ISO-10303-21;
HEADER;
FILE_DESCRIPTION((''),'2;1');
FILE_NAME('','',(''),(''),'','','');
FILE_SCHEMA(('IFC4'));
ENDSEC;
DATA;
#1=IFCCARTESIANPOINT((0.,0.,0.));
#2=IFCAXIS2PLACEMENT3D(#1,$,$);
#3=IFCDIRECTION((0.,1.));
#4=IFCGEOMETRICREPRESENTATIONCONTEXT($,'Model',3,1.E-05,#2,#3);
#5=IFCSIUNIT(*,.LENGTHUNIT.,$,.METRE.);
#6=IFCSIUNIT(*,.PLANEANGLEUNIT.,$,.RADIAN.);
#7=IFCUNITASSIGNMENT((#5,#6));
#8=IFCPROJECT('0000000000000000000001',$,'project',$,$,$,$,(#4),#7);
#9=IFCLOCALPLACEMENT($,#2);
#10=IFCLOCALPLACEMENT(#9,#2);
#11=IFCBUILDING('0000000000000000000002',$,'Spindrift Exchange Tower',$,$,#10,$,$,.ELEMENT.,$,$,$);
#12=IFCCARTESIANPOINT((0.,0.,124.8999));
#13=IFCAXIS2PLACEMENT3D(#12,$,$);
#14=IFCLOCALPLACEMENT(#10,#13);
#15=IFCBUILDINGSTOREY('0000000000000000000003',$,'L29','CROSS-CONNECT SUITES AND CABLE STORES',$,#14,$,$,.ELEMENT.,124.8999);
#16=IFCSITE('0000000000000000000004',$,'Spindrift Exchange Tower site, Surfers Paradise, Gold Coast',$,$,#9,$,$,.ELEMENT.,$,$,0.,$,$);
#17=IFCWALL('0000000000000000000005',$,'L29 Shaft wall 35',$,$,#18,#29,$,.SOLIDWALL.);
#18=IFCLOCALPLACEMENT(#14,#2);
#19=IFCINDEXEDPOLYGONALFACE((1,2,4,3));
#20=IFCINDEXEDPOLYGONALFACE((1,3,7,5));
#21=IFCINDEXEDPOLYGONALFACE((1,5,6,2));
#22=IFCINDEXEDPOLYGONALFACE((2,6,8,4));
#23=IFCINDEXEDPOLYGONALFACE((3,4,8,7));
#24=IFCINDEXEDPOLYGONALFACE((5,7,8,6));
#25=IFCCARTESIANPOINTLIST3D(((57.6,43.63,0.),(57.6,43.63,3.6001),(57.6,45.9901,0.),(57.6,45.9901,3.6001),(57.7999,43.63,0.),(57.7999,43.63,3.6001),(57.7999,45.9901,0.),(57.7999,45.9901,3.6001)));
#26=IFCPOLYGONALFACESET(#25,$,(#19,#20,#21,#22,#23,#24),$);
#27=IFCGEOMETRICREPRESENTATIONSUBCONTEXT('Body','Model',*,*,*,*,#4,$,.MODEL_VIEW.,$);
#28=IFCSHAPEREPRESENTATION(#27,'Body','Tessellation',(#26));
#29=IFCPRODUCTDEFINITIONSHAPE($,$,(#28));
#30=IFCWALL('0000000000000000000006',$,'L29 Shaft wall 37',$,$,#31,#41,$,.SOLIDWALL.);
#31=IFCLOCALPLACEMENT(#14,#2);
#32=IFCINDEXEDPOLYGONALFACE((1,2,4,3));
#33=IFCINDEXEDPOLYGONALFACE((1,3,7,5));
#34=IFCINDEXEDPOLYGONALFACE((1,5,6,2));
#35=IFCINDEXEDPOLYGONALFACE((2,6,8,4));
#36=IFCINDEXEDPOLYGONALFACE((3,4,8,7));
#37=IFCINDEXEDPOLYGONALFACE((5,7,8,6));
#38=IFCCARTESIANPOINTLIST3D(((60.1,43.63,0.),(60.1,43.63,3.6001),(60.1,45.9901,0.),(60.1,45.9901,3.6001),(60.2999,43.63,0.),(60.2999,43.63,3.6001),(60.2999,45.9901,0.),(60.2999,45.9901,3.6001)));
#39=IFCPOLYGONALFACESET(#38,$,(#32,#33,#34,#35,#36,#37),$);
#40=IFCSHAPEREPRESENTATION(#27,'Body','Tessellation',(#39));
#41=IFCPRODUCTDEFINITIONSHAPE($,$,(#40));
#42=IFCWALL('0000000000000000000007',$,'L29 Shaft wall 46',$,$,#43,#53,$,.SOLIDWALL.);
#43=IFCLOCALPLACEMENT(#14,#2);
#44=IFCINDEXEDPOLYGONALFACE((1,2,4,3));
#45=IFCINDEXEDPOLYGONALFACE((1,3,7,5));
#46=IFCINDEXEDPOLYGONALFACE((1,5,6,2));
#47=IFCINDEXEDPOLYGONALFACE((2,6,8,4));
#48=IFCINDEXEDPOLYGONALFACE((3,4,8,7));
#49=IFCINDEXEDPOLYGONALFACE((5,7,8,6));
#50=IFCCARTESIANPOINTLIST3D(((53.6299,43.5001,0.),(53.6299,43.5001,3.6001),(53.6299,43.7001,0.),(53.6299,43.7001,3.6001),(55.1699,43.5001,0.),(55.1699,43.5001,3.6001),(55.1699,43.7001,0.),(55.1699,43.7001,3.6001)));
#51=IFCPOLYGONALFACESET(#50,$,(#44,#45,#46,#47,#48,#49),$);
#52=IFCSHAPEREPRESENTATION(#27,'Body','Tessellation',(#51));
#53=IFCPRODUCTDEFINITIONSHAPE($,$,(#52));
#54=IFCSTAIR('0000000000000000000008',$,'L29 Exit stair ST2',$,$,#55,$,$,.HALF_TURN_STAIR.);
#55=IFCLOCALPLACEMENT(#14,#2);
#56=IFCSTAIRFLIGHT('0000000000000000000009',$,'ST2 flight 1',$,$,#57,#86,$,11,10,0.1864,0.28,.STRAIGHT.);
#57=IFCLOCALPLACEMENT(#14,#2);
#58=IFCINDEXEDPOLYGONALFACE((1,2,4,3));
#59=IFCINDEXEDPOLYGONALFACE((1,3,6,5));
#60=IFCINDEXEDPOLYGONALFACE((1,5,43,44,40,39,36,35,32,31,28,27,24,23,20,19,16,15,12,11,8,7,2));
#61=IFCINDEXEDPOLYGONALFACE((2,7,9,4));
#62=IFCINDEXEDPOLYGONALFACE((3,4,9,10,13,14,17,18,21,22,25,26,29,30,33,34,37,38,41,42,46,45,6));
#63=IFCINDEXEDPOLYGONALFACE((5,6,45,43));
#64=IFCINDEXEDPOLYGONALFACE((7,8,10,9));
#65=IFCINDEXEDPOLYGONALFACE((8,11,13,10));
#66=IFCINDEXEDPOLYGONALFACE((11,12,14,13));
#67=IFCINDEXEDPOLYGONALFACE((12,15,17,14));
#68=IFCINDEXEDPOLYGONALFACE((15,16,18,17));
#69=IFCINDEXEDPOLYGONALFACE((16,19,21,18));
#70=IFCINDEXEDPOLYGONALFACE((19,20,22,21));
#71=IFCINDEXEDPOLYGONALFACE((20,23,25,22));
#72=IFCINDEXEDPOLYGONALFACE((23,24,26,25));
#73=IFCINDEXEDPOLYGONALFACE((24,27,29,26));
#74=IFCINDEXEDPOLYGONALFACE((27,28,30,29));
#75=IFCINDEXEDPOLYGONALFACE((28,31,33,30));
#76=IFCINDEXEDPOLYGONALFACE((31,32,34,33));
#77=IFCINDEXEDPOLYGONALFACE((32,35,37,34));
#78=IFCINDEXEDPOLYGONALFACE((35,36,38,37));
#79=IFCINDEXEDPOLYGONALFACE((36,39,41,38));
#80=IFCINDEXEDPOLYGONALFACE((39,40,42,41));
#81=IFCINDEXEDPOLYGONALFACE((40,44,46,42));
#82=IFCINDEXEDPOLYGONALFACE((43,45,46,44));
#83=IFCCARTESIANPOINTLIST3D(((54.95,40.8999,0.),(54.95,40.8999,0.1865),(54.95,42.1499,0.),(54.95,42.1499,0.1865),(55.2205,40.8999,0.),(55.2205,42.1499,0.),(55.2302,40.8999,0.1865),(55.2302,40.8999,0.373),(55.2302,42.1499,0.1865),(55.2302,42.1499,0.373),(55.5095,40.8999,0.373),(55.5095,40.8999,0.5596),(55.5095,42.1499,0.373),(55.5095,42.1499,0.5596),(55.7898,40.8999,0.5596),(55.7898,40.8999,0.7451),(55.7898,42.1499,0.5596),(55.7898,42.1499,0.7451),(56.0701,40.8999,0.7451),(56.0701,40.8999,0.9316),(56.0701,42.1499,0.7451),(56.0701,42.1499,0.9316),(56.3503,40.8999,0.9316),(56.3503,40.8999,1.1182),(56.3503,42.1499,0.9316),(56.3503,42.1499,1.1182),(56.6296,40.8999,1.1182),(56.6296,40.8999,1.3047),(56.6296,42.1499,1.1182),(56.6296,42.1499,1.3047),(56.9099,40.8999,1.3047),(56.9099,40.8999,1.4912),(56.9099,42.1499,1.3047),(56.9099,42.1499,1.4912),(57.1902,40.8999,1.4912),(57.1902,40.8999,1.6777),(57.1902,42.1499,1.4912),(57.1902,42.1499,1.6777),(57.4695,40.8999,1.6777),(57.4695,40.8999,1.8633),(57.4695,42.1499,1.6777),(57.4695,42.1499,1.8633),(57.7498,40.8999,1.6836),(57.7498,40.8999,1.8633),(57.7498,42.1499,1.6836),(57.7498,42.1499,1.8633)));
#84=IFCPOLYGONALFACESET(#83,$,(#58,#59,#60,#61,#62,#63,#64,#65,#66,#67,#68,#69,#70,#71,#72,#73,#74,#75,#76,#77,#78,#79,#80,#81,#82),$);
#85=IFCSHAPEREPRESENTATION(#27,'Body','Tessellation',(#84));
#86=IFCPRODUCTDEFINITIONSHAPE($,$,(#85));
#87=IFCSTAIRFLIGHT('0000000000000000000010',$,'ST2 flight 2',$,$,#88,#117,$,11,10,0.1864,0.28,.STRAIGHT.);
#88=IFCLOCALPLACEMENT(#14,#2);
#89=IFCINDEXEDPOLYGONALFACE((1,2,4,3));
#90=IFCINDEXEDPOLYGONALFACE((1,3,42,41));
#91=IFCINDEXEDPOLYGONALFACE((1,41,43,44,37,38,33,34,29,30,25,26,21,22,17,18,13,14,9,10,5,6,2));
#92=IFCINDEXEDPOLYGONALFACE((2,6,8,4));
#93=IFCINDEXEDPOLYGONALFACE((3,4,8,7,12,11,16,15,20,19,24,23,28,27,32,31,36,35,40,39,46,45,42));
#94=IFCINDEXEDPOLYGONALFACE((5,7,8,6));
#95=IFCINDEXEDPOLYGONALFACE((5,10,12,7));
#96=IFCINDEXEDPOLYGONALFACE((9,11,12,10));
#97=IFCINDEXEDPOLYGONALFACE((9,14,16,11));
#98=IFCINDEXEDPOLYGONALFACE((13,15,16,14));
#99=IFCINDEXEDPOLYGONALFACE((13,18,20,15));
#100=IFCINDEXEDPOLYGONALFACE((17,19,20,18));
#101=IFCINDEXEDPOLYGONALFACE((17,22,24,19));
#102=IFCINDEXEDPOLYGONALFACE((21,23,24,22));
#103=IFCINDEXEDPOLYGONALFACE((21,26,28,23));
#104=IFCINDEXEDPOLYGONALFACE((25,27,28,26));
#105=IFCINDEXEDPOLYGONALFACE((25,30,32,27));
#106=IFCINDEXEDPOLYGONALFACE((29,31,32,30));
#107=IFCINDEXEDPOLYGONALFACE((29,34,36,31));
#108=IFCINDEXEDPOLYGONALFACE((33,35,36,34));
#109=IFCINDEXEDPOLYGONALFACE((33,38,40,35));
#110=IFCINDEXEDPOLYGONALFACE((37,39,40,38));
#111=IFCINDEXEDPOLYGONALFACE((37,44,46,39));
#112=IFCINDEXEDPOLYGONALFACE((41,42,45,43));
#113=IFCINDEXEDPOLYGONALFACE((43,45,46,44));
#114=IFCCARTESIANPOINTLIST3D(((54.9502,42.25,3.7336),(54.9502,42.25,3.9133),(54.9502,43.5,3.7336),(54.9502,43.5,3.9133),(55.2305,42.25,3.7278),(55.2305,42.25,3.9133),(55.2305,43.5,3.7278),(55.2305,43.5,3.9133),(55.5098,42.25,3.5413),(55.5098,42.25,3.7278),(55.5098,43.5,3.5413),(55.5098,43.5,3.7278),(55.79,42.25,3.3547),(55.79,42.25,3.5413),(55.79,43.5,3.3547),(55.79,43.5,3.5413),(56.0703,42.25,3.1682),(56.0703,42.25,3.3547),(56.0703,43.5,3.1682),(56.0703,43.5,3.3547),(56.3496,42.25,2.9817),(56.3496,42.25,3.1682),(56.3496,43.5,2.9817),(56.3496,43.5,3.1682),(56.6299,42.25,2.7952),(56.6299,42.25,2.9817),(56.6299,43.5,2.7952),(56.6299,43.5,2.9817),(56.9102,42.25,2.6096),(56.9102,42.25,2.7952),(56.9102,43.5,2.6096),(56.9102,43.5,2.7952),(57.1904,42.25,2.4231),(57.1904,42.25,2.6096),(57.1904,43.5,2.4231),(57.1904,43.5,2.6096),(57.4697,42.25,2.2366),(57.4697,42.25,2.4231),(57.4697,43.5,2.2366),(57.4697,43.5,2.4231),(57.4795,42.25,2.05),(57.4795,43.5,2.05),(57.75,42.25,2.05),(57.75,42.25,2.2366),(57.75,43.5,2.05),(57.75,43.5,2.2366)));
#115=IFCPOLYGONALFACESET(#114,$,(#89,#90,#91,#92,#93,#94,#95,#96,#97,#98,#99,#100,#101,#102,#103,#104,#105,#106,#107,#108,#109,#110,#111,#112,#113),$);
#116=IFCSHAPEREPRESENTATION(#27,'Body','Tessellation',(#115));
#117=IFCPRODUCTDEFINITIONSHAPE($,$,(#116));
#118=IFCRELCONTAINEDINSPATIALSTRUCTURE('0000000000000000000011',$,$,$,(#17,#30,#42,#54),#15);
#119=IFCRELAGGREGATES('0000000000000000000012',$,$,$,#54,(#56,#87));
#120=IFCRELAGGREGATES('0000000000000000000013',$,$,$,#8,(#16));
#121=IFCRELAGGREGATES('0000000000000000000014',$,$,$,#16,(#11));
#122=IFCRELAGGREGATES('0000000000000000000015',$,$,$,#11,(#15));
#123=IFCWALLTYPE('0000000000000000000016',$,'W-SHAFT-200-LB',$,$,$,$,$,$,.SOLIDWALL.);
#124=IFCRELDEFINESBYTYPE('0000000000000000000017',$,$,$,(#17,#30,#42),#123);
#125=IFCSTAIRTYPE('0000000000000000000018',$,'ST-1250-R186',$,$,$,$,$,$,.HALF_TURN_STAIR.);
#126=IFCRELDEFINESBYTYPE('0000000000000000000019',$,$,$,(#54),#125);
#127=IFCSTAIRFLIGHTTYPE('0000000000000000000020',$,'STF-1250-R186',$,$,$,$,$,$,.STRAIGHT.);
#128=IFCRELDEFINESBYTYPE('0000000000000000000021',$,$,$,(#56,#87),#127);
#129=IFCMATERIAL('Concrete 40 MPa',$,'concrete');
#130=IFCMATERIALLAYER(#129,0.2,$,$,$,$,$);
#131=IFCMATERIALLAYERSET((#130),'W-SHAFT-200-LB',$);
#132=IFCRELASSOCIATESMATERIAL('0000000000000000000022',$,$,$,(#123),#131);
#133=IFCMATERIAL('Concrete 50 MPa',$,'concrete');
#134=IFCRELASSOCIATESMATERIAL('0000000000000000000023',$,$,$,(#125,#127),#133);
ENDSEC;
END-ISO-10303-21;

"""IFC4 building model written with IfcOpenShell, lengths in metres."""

from ifc_helpers import new_model, si_unit, direction, frame, frame_2d, origin, place, context, subcontext, project, spatial, line, indexed_curve, rectangle, outline, extrude, material, layer, layer_set, type_object, element, aggregate, save


model = new_model("IFC4")

# Units and contexts
model_context = context("Model", 3, precision=1e-05, world=origin(), true_north=direction((0.0, 1.0)))
body_context = subcontext(model_context, "Body", "Model", "MODEL_VIEW")
ifc_project = project(units=[si_unit("LENGTHUNIT", "METRE"), si_unit("PLANEANGLEUNIT", "RADIAN")], contexts=[model_context])

# Site, building, storey
site_placement = place(None, origin())
site = spatial("IfcSite", under=ifc_project, at=site_placement, Name="Spindrift Exchange Tower site, Surfers Paradise, Gold Coast", CompositionType="ELEMENT", RefElevation=0.0)
building_placement = place(site_placement, origin())
building = spatial("IfcBuilding", under=site, at=building_placement, Name="Spindrift Exchange Tower", CompositionType="ELEMENT")
storey_placement = place(building_placement, frame((0.0, 0.0, 124.8999)))
storey = spatial("IfcBuildingStorey", under=building, at=storey_placement, Name="L29", Description="CROSS-CONNECT SUITES AND CABLE STORES", CompositionType="ELEMENT", Elevation=124.8999)

# Shared definitions
ifc_material_1 = material(Name="Concrete 40 MPa", Category="concrete")
ifc_layer_1 = layer(ifc_material_1, 0.2)
ifc_layer_set_1 = layer_set([ifc_layer_1], Name="W-SHAFT-200-LB")
wall_type_1 = type_object("IfcWallType", Name="W-SHAFT-200-LB", PredefinedType="SOLIDWALL", material=ifc_layer_set_1)

# Walls
for number, where, z_axis, x_axis, name in (
    (1, (57.7, 43.6299, 0.0), (0.0, 0.0, 1.0), (0.0, 1.0, 0.0), "L29 Shaft wall 35"),
    (2, (60.2, 43.6299, 0.0), (0.0, 0.0, 1.0), (0.0, 1.0, 0.0), "L29 Shaft wall 37"),
):
    element("IfcWall", number, at=place(storey_placement, frame(where, z_axis=z_axis, x_axis=x_axis)), inside=storey, type_object=wall_type_1, Name=name, PredefinedType="SOLIDWALL", context=body_context, shape_type="SweptSolid", body=[
        extrude(rectangle(XDim=2.3601, YDim=0.2, at=frame_2d((1.1802, 0.0))), origin(), (0.0, 0.0, 1.0), 3.6001),
    ])
wall_1_placement = place(storey_placement, frame((53.6299, 43.6001, 0.0), z_axis=(0.0, 0.0, 1.0), x_axis=(1.0, 0.0, 0.0)))
element("IfcWall", 3, at=wall_1_placement, inside=storey, type_object=wall_type_1, Name="L29 Shaft wall 46", PredefinedType="SOLIDWALL", context=body_context, shape_type="SweptSolid", body=[
    extrude(rectangle(XDim=1.54, YDim=0.2, at=frame_2d((0.77, 0.0))), origin(), (0.0, 0.0, 1.0), 3.6001),
])

# Stair, stair flights
ifc_material_2 = material(Name="Concrete 50 MPa", Category="concrete")
stair_type = type_object("IfcStairType", Name="ST-1250-R186", PredefinedType="HALF_TURN_STAIR", material=ifc_material_2)
stair_placement = place(storey_placement, origin())
stair = element("IfcStair", 4, at=stair_placement, inside=storey, type_object=stair_type, Name="L29 Exit stair ST2", PredefinedType="HALF_TURN_STAIR")
stair_flight_type = type_object("IfcStairFlightType", Name="STF-1250-R186", PredefinedType="STRAIGHT", material=ifc_material_2)
stair_flight_1_placement = place(storey_placement, frame((54.95, 41.5249, 0.0), z_axis=(0.0, 0.0, 1.0), x_axis=(1.0, 0.0, 0.0)))
stair_flight_1 = element("IfcStairFlight", 5, at=stair_flight_1_placement, type_object=stair_flight_type, Name="ST2 flight 1", NumberOfRisers=11, NumberOfTreads=10, PredefinedType="STRAIGHT", RiserHeight=0.1864, TreadLength=0.28, context=body_context, shape_type="SweptSolid", body=[
    extrude(outline(indexed_curve([(0.0, 0.0), (0.0, 0.1865), (0.2803, 0.1865), (0.2803, 0.373), (0.5596, 0.373), (0.5596, 0.5596), (0.8398, 0.5596), (0.8398, 0.7451), (1.1201, 0.7451), (1.1201, 0.9316), (1.4004, 0.9316), (1.4004, 1.1182), (1.6797, 1.1182), (1.6797, 1.3047), (1.96, 1.3047), (1.96, 1.4912), (2.2402, 1.4912), (2.2402, 1.6777), (2.5195, 1.6777), (2.5195, 1.8633), (2.7998, 1.8633), (2.7998, 2.0498), (2.7998, 1.6836), (0.2705, 0.0)], segments=[line(1, 2, 3, 4, 5, 6, 7, 8, 9, 10, 11, 12, 13, 14, 15, 16, 17, 18, 19, 20, 21, 22, 23, 24, 1)], self_intersect=False)), frame((0.0, 0.625, 0.0), z_axis=(0.0, -1.0, 0.0), x_axis=(1.0, 0.0, 0.0)), (0.0, 0.0, 1.0), 1.25),
])
stair_flight_2_placement = place(storey_placement, frame((57.75, 42.875, 2.05), z_axis=(0.0, 0.0, 1.0), x_axis=(-1.0, 0.0, 0.0)))
stair_flight_2 = element("IfcStairFlight", 6, at=stair_flight_2_placement, type_object=stair_flight_type, Name="ST2 flight 2", NumberOfRisers=11, NumberOfTreads=10, PredefinedType="STRAIGHT", RiserHeight=0.1864, TreadLength=0.28, context=body_context, shape_type="SweptSolid", body=[
    extrude(outline(indexed_curve([(0.0, 0.0), (0.0, 0.1865), (0.2803, 0.1865), (0.2803, 0.373), (0.5596, 0.373), (0.5596, 0.5596), (0.8398, 0.5596), (0.8398, 0.7451), (1.1201, 0.7451), (1.1201, 0.9316), (1.4004, 0.9316), (1.4004, 1.1182), (1.6797, 1.1182), (1.6797, 1.3047), (1.96, 1.3047), (1.96, 1.4912), (2.2402, 1.4912), (2.2402, 1.6777), (2.5195, 1.6777), (2.5195, 1.8633), (2.7998, 1.8633), (2.7998, 2.0498), (2.7998, 1.6836), (0.2705, 0.0)], segments=[line(1, 2, 3, 4, 5, 6, 7, 8, 9, 10, 11, 12, 13, 14, 15, 16, 17, 18, 19, 20, 21, 22, 23, 24, 1)], self_intersect=False)), frame((0.0, 0.625, 0.0), z_axis=(0.0, -1.0, 0.0), x_axis=(1.0, 0.0, 0.0)), (0.0, 0.0, 1.0), 1.25),
])
aggregate(stair, [stair_flight_1, stair_flight_2])

save(model, "model.ifc")
